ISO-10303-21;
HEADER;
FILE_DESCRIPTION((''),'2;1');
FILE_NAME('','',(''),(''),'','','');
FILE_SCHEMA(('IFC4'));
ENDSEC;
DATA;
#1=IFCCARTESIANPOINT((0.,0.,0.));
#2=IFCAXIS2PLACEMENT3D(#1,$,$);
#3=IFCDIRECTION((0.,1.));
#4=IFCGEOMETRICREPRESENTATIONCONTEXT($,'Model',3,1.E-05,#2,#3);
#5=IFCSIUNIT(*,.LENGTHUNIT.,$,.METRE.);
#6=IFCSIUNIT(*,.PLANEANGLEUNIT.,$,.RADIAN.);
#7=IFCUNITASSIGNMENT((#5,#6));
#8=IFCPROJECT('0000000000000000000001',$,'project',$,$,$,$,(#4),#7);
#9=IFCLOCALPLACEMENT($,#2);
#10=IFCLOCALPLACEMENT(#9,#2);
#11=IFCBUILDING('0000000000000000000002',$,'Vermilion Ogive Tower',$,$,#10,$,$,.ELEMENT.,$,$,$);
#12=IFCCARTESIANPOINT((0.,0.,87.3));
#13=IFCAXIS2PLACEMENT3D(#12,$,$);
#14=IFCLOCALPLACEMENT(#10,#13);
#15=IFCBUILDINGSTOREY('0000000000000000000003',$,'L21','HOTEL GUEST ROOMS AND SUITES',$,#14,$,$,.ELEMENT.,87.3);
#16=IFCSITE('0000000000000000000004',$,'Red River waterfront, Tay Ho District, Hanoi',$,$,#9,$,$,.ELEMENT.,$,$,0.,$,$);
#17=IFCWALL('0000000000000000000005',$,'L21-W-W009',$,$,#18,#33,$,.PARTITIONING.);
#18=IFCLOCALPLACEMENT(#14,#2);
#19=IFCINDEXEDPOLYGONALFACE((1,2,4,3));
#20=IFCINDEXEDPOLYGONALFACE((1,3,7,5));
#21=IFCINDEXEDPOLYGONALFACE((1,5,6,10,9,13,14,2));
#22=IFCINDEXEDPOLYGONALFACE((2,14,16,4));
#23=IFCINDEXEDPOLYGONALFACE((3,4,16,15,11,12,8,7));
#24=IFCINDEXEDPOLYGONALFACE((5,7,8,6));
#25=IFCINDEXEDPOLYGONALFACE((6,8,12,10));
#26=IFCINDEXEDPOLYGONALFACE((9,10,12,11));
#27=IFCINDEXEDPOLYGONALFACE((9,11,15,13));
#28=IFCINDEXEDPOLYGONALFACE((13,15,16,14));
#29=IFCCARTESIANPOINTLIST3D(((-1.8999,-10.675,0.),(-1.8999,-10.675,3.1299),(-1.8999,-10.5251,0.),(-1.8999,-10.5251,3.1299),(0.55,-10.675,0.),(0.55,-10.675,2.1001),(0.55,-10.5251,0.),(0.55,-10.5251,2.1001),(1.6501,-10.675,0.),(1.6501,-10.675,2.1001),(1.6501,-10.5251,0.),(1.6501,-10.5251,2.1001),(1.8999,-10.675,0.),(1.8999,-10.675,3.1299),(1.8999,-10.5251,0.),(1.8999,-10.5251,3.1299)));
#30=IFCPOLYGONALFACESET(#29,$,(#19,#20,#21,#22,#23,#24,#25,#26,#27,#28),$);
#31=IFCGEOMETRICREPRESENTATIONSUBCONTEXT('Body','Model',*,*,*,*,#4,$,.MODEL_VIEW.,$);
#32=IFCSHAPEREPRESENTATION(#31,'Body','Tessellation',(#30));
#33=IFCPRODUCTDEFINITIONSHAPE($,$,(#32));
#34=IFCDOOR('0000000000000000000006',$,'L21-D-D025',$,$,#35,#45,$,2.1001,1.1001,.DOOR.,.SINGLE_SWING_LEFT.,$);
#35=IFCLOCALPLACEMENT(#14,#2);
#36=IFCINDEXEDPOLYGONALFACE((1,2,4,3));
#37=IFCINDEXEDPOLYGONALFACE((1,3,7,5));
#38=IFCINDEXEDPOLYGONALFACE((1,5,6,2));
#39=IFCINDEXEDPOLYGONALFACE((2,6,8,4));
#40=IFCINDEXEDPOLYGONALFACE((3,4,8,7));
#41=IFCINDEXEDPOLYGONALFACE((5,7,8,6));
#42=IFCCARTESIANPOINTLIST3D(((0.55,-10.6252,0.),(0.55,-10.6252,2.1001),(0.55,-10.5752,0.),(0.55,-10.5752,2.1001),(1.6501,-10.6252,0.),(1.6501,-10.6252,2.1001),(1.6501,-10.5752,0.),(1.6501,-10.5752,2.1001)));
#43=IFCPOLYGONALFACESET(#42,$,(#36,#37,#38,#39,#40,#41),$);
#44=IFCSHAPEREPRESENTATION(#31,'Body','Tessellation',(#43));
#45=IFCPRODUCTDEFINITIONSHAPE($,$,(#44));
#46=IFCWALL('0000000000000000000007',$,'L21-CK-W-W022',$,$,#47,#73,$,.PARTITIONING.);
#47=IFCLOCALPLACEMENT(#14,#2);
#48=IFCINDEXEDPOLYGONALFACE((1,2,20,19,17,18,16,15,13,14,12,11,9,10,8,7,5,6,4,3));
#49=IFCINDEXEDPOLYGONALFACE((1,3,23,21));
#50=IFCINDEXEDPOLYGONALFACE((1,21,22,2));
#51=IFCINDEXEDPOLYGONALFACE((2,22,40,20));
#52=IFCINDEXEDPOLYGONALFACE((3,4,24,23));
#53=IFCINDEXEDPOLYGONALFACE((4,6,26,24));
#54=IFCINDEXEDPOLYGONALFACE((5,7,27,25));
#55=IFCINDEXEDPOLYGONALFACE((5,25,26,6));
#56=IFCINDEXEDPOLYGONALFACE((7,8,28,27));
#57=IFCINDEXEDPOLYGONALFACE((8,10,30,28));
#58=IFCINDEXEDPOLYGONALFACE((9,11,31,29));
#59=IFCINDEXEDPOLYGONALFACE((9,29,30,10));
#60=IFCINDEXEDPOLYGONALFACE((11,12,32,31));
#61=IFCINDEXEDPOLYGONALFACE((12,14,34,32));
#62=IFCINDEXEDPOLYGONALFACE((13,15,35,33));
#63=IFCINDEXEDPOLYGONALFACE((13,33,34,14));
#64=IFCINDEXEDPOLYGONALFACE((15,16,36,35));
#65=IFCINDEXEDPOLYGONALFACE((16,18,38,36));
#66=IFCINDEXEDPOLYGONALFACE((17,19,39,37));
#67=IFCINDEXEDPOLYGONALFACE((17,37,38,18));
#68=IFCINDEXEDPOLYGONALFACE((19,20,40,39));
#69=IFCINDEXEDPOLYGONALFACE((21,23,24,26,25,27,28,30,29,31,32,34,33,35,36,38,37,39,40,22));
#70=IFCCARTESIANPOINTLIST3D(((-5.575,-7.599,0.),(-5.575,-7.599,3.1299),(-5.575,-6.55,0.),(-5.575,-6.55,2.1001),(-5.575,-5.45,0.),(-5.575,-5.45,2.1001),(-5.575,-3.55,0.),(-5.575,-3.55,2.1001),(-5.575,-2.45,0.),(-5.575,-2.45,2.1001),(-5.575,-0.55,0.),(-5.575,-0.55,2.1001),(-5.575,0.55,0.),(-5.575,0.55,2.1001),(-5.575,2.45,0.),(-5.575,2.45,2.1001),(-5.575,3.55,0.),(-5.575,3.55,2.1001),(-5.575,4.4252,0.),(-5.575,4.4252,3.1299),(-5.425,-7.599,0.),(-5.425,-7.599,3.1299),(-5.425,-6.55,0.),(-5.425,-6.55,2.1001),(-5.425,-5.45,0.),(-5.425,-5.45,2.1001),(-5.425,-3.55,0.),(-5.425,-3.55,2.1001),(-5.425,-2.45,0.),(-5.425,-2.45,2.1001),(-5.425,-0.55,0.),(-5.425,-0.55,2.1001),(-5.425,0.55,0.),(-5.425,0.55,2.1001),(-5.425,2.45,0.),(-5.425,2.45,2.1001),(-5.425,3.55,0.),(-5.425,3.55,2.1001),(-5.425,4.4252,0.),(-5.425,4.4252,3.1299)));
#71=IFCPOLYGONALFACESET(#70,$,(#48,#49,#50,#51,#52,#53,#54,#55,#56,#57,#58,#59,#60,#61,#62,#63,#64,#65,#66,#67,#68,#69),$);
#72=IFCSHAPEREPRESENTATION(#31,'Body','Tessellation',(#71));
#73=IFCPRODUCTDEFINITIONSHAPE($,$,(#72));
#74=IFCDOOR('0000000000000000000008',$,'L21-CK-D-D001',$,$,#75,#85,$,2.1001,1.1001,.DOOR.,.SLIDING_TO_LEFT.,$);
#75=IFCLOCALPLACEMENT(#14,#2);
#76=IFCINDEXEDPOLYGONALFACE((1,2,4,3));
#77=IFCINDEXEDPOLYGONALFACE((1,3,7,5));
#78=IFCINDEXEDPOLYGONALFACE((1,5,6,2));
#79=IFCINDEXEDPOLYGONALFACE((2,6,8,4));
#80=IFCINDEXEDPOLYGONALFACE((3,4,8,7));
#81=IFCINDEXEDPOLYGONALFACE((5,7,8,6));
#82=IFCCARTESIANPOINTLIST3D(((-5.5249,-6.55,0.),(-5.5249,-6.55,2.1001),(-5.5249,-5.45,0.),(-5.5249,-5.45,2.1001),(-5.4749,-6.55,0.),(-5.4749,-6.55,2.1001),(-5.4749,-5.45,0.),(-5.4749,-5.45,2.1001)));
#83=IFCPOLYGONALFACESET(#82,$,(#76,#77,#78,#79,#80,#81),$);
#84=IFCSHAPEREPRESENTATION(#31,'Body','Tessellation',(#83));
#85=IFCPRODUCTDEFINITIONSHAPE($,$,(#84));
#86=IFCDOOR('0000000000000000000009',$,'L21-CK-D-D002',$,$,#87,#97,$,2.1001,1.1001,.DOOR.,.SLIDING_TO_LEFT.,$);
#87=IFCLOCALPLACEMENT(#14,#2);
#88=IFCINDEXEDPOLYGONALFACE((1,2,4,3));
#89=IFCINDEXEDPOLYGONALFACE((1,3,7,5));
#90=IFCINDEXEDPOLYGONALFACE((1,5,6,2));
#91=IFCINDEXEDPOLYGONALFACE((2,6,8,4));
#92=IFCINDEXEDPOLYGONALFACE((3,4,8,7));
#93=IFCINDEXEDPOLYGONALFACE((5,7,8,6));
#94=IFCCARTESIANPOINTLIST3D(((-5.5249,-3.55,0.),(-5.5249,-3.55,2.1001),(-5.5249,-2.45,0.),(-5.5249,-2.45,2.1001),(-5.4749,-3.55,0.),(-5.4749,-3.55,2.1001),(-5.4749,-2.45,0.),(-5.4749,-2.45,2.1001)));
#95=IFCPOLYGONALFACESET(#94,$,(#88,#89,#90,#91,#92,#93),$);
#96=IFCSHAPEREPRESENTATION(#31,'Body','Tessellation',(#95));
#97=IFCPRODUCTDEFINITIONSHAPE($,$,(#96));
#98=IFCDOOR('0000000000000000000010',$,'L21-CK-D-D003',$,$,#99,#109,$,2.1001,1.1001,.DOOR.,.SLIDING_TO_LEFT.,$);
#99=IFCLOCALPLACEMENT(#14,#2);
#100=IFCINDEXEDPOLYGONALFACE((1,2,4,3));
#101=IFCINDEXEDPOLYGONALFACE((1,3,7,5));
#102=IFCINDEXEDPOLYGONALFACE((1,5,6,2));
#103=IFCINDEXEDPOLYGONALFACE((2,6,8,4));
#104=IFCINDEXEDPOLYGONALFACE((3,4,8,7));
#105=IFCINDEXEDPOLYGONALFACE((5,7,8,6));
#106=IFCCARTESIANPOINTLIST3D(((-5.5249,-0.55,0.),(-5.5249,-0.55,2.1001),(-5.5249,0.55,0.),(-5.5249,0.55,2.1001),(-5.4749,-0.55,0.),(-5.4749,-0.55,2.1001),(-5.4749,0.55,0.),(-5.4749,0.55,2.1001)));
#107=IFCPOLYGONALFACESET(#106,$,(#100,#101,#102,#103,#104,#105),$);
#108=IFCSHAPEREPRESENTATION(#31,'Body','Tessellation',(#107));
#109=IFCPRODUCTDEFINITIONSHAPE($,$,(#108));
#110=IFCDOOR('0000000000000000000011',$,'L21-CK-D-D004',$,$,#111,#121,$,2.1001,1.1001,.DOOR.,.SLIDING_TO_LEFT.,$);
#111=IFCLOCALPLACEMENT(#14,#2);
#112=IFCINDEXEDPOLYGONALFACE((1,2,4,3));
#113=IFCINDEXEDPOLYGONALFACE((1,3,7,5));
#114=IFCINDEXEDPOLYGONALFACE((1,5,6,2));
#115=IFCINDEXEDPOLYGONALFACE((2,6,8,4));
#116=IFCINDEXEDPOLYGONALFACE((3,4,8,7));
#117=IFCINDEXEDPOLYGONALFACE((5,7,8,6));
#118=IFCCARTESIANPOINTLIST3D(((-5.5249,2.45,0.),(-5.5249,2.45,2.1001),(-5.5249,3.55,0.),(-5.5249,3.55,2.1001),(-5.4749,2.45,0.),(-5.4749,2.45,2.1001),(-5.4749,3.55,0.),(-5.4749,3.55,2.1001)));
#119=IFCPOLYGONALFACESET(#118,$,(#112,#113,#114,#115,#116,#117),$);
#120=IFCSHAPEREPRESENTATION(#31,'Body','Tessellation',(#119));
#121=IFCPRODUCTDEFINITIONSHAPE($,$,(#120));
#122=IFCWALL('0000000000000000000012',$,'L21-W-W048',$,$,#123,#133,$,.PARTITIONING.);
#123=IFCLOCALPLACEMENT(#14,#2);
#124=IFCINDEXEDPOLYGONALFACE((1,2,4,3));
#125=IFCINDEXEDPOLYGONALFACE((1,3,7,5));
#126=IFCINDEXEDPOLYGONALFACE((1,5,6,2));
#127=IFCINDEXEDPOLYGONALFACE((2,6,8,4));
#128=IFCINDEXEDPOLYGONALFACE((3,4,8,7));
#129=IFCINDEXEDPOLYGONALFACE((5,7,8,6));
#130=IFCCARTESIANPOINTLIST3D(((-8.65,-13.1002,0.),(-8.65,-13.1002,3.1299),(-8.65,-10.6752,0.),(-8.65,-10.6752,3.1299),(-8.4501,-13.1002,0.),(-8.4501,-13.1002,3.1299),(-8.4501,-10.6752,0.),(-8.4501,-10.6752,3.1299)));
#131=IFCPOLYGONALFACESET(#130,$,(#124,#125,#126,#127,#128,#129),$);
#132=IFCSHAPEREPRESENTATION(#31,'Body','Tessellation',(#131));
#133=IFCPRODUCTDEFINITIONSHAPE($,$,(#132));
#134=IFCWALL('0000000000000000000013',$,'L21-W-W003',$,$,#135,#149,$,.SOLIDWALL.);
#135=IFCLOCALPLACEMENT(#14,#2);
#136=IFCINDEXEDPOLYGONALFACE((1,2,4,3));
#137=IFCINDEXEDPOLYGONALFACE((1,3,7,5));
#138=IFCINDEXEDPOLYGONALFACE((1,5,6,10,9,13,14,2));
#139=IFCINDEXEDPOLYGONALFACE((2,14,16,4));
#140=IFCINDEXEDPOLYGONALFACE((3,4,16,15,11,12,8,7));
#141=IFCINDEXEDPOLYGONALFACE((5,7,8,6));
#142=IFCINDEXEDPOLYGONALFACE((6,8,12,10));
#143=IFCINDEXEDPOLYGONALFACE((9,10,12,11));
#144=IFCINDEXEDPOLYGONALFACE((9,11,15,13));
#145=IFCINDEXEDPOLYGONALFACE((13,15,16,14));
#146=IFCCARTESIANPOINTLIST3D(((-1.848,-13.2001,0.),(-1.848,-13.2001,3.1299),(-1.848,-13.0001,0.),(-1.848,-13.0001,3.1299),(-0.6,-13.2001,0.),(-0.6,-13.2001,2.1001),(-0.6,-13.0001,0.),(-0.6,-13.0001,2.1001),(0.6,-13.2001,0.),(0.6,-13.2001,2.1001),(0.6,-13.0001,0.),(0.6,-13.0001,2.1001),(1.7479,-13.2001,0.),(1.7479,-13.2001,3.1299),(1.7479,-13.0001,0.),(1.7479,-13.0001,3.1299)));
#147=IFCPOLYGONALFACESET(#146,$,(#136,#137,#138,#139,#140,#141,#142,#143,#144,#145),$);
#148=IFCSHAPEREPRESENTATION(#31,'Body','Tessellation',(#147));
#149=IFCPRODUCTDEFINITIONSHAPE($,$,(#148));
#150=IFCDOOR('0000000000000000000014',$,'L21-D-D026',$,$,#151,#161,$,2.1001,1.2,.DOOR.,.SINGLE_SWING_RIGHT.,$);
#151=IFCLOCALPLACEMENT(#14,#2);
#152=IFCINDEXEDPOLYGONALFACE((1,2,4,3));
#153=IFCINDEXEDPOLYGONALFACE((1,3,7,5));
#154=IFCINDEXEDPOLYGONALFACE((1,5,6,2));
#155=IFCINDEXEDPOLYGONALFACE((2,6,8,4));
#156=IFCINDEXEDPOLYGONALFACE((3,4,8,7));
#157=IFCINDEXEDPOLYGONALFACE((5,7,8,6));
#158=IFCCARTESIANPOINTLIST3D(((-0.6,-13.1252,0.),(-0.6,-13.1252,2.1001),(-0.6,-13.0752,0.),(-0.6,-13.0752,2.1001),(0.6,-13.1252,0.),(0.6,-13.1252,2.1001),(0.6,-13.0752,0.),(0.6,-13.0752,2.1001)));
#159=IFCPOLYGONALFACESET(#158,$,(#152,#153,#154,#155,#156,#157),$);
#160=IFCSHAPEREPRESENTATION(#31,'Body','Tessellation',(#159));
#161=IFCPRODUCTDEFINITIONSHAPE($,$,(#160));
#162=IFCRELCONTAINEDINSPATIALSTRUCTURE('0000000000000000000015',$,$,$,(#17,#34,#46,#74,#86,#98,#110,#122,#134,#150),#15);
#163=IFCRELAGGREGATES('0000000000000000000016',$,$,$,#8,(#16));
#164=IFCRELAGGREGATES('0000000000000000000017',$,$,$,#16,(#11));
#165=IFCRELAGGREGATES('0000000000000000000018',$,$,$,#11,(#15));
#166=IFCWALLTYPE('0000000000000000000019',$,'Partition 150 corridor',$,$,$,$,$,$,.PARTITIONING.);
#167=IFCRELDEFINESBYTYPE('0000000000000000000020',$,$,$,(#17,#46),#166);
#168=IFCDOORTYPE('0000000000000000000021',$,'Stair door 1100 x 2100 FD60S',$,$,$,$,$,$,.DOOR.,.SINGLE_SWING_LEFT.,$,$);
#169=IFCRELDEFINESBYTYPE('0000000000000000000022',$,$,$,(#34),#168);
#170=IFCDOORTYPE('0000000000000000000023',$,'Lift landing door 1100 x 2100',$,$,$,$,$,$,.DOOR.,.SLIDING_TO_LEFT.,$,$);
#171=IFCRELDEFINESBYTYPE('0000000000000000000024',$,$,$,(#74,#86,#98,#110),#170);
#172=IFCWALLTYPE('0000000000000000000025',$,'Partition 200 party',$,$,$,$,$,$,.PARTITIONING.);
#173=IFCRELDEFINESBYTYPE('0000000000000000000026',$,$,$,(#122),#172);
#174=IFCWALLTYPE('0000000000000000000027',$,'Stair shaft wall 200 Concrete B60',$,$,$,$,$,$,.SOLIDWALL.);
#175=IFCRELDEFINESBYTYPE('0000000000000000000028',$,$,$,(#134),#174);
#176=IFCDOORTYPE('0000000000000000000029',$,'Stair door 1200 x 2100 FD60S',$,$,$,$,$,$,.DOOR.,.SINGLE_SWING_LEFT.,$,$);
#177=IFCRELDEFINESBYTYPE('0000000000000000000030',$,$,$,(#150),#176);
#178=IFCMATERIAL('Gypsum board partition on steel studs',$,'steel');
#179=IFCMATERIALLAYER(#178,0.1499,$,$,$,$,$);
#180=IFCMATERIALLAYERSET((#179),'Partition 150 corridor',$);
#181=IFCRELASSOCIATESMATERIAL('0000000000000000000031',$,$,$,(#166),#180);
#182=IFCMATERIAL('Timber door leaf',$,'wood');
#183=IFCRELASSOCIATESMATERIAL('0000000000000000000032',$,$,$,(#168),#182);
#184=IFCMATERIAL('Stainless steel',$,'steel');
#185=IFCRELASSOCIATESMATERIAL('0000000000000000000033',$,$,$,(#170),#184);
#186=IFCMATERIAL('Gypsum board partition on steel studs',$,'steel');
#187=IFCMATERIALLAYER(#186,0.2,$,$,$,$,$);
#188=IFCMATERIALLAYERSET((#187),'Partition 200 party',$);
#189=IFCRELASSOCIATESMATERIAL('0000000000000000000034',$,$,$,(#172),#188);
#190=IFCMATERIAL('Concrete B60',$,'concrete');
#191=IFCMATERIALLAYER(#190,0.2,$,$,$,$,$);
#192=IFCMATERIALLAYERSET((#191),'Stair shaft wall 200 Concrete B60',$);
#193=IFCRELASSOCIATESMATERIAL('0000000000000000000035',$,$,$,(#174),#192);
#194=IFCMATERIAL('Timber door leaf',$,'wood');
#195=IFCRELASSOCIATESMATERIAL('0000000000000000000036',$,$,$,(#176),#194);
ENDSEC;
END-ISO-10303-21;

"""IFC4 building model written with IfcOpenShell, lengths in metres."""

from ifc_helpers import new_model, si_unit, direction, frame, frame_2d, origin, place, context, subcontext, project, spatial, rectangle, extrude, material, layer, layer_set, type_object, element, fill, save


model = new_model("IFC4")

# Units and contexts
model_context = context("Model", 3, precision=1e-05, world=origin(), true_north=direction((0.0, 1.0)))
body_context = subcontext(model_context, "Body", "Model", "MODEL_VIEW")
ifc_project = project(units=[si_unit("LENGTHUNIT", "METRE"), si_unit("PLANEANGLEUNIT", "RADIAN")], contexts=[model_context])

# Site, building, storey
site_placement = place(None, origin())
site = spatial("IfcSite", under=ifc_project, at=site_placement, Name="Red River waterfront, Tay Ho District, Hanoi", CompositionType="ELEMENT", RefElevation=0.0)
building_placement = place(site_placement, origin())
building = spatial("IfcBuilding", under=site, at=building_placement, Name="Vermilion Ogive Tower", CompositionType="ELEMENT")
storey_placement = place(building_placement, frame((0.0, 0.0, 87.3)))
storey = spatial("IfcBuildingStorey", under=building, at=storey_placement, Name="L21", Description="HOTEL GUEST ROOMS AND SUITES", CompositionType="ELEMENT", Elevation=87.3)

# Wall, opening, door
ifc_material_1 = material(Name="Gypsum board partition on steel studs", Category="steel")
ifc_layer_1 = layer(ifc_material_1, 0.1499)
ifc_layer_set_1 = layer_set([ifc_layer_1], Name="Partition 150 corridor")
wall_type_1 = type_object("IfcWallType", Name="Partition 150 corridor", PredefinedType="PARTITIONING", material=ifc_layer_set_1)
wall_1_placement = place(storey_placement, frame((-1.8999, -10.6001, 0.0), z_axis=(0.0, 0.0, 1.0), x_axis=(1.0, 0.0, 0.0)))
wall_1 = element("IfcWall", 1, at=wall_1_placement, inside=storey, type_object=wall_type_1, Name="L21-W-W009", PredefinedType="PARTITIONING", context=body_context, shape_type="SweptSolid", body=[
    extrude(rectangle(XDim=3.7998, YDim=0.1499, at=frame_2d((1.8999, 0.0))), origin(), (0.0, 0.0, 1.0), 3.1299),
])
opening_1_placement = place(wall_1_placement, frame((2.45, 0.0, 0.0)))
opening_1 = element("IfcOpeningElement", 2, at=opening_1_placement, cuts=wall_1, PredefinedType="OPENING", context=body_context, shape_type="SweptSolid", body=[
    extrude(rectangle(XDim=1.1001, YDim=2.1001, at=frame_2d((0.55, 1.05))), frame((0.0, 0.085, 0.0), z_axis=(0.0, -1.0, 0.0), x_axis=(1.0, 0.0, 0.0)), (0.0, 0.0, 1.0), 0.1699),
])
ifc_material_2 = material(Name="Timber door leaf", Category="wood")
door_type_1 = type_object("IfcDoorType", Name="Stair door 1100 x 2100 FD60S", OperationType="SINGLE_SWING_LEFT", PredefinedType="DOOR", material=ifc_material_2)
door_1_placement = place(opening_1_placement, origin())
door_1 = element("IfcDoor", 3, at=door_1_placement, inside=storey, type_object=door_type_1, Name="L21-D-D025", OperationType="SINGLE_SWING_LEFT", OverallHeight=2.1001, OverallWidth=1.1001, PredefinedType="DOOR", context=body_context, shape_type="SweptSolid", body=[
    extrude(rectangle(XDim=1.1001, YDim=2.1001, at=frame_2d((0.55, 1.05))), frame((0.0, 0.0249, 0.0), z_axis=(0.0, -1.0, 0.0), x_axis=(1.0, 0.0, 0.0)), (0.0, 0.0, 1.0), 0.05),
])
fill(opening_1, door_1)

# Wall, openings, doors
wall_2_placement = place(storey_placement, frame((-5.5, -7.5991, 0.0), z_axis=(0.0, 0.0, 1.0), x_axis=(0.0, 1.0, 0.0)))
wall_2 = element("IfcWall", 4, at=wall_2_placement, inside=storey, type_object=wall_type_1, Name="L21-CK-W-W022", PredefinedType="PARTITIONING", context=body_context, shape_type="SweptSolid", body=[
    extrude(rectangle(XDim=12.0242, YDim=0.1499, at=frame_2d((6.0122, 0.0))), origin(), (0.0, 0.0, 1.0), 3.1299),
])
opening_2_placement = place(wall_2_placement, frame((1.0491, 0.0, 0.0)))
opening_2 = element("IfcOpeningElement", 5, at=opening_2_placement, cuts=wall_2, PredefinedType="OPENING", context=body_context, shape_type="SweptSolid", body=[
    extrude(rectangle(XDim=1.1001, YDim=2.1001, at=frame_2d((0.55, 1.05))), frame((0.0, 0.085, 0.0), z_axis=(0.0, -1.0, 0.0), x_axis=(1.0, 0.0, 0.0)), (0.0, 0.0, 1.0), 0.1699),
])
opening_3_placement = place(wall_2_placement, frame((4.0491, 0.0, 0.0)))
opening_3 = element("IfcOpeningElement", 6, at=opening_3_placement, cuts=wall_2, PredefinedType="OPENING", context=body_context, shape_type="SweptSolid", body=[
    extrude(rectangle(XDim=1.1001, YDim=2.1001, at=frame_2d((0.55, 1.05))), frame((0.0, 0.085, 0.0), z_axis=(0.0, -1.0, 0.0), x_axis=(1.0, 0.0, 0.0)), (0.0, 0.0, 1.0), 0.1699),
])
opening_4_placement = place(wall_2_placement, frame((7.0491, 0.0, 0.0)))
opening_4 = element("IfcOpeningElement", 7, at=opening_4_placement, cuts=wall_2, PredefinedType="OPENING", context=body_context, shape_type="SweptSolid", body=[
    extrude(rectangle(XDim=1.1001, YDim=2.1001, at=frame_2d((0.55, 1.05))), frame((0.0, 0.085, 0.0), z_axis=(0.0, -1.0, 0.0), x_axis=(1.0, 0.0, 0.0)), (0.0, 0.0, 1.0), 0.1699),
])
opening_5_placement = place(wall_2_placement, frame((10.0491, 0.0, 0.0)))
opening_5 = element("IfcOpeningElement", 8, at=opening_5_placement, cuts=wall_2, PredefinedType="OPENING", context=body_context, shape_type="SweptSolid", body=[
    extrude(rectangle(XDim=1.1001, YDim=2.1001, at=frame_2d((0.55, 1.05))), frame((0.0, 0.085, 0.0), z_axis=(0.0, -1.0, 0.0), x_axis=(1.0, 0.0, 0.0)), (0.0, 0.0, 1.0), 0.1699),
])
ifc_material_3 = material(Name="Stainless steel", Category="steel")
door_type_2 = type_object("IfcDoorType", Name="Lift landing door 1100 x 2100", OperationType="SLIDING_TO_LEFT", PredefinedType="DOOR", material=ifc_material_3)
door_2_placement = place(opening_2_placement, origin())
door_2 = element("IfcDoor", 9, at=door_2_placement, inside=storey, type_object=door_type_2, Name="L21-CK-D-D001", OperationType="SLIDING_TO_LEFT", OverallHeight=2.1001, OverallWidth=1.1001, PredefinedType="DOOR", context=body_context, shape_type="SweptSolid", body=[
    extrude(rectangle(XDim=1.1001, YDim=2.1001, at=frame_2d((0.55, 1.05))), frame((0.0, 0.0249, 0.0), z_axis=(0.0, -1.0, 0.0), x_axis=(1.0, 0.0, 0.0)), (0.0, 0.0, 1.0), 0.05),
])
fill(opening_2, door_2)
door_3_placement = place(opening_3_placement, origin())
door_3 = element("IfcDoor", 10, at=door_3_placement, inside=storey, type_object=door_type_2, Name="L21-CK-D-D002", OperationType="SLIDING_TO_LEFT", OverallHeight=2.1001, OverallWidth=1.1001, PredefinedType="DOOR", context=body_context, shape_type="SweptSolid", body=[
    extrude(rectangle(XDim=1.1001, YDim=2.1001, at=frame_2d((0.55, 1.05))), frame((0.0, 0.0249, 0.0), z_axis=(0.0, -1.0, 0.0), x_axis=(1.0, 0.0, 0.0)), (0.0, 0.0, 1.0), 0.05),
])
fill(opening_3, door_3)
door_4_placement = place(opening_4_placement, origin())
door_4 = element("IfcDoor", 11, at=door_4_placement, inside=storey, type_object=door_type_2, Name="L21-CK-D-D003", OperationType="SLIDING_TO_LEFT", OverallHeight=2.1001, OverallWidth=1.1001, PredefinedType="DOOR", context=body_context, shape_type="SweptSolid", body=[
    extrude(rectangle(XDim=1.1001, YDim=2.1001, at=frame_2d((0.55, 1.05))), frame((0.0, 0.0249, 0.0), z_axis=(0.0, -1.0, 0.0), x_axis=(1.0, 0.0, 0.0)), (0.0, 0.0, 1.0), 0.05),
])
fill(opening_4, door_4)
door_5_placement = place(opening_5_placement, origin())
door_5 = element("IfcDoor", 12, at=door_5_placement, inside=storey, type_object=door_type_2, Name="L21-CK-D-D004", OperationType="SLIDING_TO_LEFT", OverallHeight=2.1001, OverallWidth=1.1001, PredefinedType="DOOR", context=body_context, shape_type="SweptSolid", body=[
    extrude(rectangle(XDim=1.1001, YDim=2.1001, at=frame_2d((0.55, 1.05))), frame((0.0, 0.0249, 0.0), z_axis=(0.0, -1.0, 0.0), x_axis=(1.0, 0.0, 0.0)), (0.0, 0.0, 1.0), 0.05),
])
fill(opening_5, door_5)

# Wall
ifc_material_4 = material(Name="Gypsum board partition on steel studs", Category="steel")
ifc_layer_2 = layer(ifc_material_4, 0.2)
ifc_layer_set_2 = layer_set([ifc_layer_2], Name="Partition 200 party")
wall_type_2 = type_object("IfcWallType", Name="Partition 200 party", PredefinedType="PARTITIONING", material=ifc_layer_set_2)
wall_3_placement = place(storey_placement, frame((-8.55, -13.1001, 0.0), z_axis=(0.0, 0.0, 1.0), x_axis=(0.0, 1.0, 0.0)))
element("IfcWall", 13, at=wall_3_placement, inside=storey, type_object=wall_type_2, Name="L21-W-W048", PredefinedType="PARTITIONING", context=body_context, shape_type="SweptSolid", body=[
    extrude(rectangle(XDim=2.425, YDim=0.2, at=frame_2d((1.2124, 0.0))), origin(), (0.0, 0.0, 1.0), 3.1299),
])

# Wall, opening, door
ifc_material_5 = material(Name="Concrete B60", Category="concrete")
ifc_layer_3 = layer(ifc_material_5, 0.2)
ifc_layer_set_3 = layer_set([ifc_layer_3], Name="Stair shaft wall 200 Concrete B60")
wall_type_3 = type_object("IfcWallType", Name="Stair shaft wall 200 Concrete B60", PredefinedType="SOLIDWALL", material=ifc_layer_set_3)
wall_4_placement = place(storey_placement, frame((-1.8479, -13.1001, 0.0), z_axis=(0.0, 0.0, 1.0), x_axis=(1.0, 0.0, 0.0)))
wall_4 = element("IfcWall", 14, at=wall_4_placement, inside=storey, type_object=wall_type_3, Name="L21-W-W003", PredefinedType="SOLIDWALL", context=body_context, shape_type="SweptSolid", body=[
    extrude(rectangle(XDim=3.5959, YDim=0.2, at=frame_2d((1.7979, 0.0))), origin(), (0.0, 0.0, 1.0), 3.1299),
])
opening_6_placement = place(wall_4_placement, frame((1.2478, 0.0, 0.0)))
opening_6 = element("IfcOpeningElement", 15, at=opening_6_placement, cuts=wall_4, PredefinedType="OPENING", context=body_context, shape_type="SweptSolid", body=[
    extrude(rectangle(XDim=1.2, YDim=2.1001, at=frame_2d((0.6001, 1.05))), frame((0.0, 0.1099, 0.0), z_axis=(0.0, -1.0, 0.0), x_axis=(1.0, 0.0, 0.0)), (0.0, 0.0, 1.0), 0.22),
])
ifc_material_6 = material(Name="Timber door leaf", Category="wood")
door_type_3 = type_object("IfcDoorType", Name="Stair door 1200 x 2100 FD60S", OperationType="SINGLE_SWING_LEFT", PredefinedType="DOOR", material=ifc_material_6)
door_6_placement = place(opening_6_placement, origin())
door_6 = element("IfcDoor", 16, at=door_6_placement, inside=storey, type_object=door_type_3, Name="L21-D-D026", OperationType="SINGLE_SWING_RIGHT", OverallHeight=2.1001, OverallWidth=1.2, PredefinedType="DOOR", context=body_context, shape_type="SweptSolid", body=[
    extrude(rectangle(XDim=1.2, YDim=2.1001, at=frame_2d((0.6001, 1.05))), frame((0.0, 0.0249, 0.0), z_axis=(0.0, -1.0, 0.0), x_axis=(1.0, 0.0, 0.0)), (0.0, 0.0, 1.0), 0.05),
])
fill(opening_6, door_6)

save(model, "model.ifc")
